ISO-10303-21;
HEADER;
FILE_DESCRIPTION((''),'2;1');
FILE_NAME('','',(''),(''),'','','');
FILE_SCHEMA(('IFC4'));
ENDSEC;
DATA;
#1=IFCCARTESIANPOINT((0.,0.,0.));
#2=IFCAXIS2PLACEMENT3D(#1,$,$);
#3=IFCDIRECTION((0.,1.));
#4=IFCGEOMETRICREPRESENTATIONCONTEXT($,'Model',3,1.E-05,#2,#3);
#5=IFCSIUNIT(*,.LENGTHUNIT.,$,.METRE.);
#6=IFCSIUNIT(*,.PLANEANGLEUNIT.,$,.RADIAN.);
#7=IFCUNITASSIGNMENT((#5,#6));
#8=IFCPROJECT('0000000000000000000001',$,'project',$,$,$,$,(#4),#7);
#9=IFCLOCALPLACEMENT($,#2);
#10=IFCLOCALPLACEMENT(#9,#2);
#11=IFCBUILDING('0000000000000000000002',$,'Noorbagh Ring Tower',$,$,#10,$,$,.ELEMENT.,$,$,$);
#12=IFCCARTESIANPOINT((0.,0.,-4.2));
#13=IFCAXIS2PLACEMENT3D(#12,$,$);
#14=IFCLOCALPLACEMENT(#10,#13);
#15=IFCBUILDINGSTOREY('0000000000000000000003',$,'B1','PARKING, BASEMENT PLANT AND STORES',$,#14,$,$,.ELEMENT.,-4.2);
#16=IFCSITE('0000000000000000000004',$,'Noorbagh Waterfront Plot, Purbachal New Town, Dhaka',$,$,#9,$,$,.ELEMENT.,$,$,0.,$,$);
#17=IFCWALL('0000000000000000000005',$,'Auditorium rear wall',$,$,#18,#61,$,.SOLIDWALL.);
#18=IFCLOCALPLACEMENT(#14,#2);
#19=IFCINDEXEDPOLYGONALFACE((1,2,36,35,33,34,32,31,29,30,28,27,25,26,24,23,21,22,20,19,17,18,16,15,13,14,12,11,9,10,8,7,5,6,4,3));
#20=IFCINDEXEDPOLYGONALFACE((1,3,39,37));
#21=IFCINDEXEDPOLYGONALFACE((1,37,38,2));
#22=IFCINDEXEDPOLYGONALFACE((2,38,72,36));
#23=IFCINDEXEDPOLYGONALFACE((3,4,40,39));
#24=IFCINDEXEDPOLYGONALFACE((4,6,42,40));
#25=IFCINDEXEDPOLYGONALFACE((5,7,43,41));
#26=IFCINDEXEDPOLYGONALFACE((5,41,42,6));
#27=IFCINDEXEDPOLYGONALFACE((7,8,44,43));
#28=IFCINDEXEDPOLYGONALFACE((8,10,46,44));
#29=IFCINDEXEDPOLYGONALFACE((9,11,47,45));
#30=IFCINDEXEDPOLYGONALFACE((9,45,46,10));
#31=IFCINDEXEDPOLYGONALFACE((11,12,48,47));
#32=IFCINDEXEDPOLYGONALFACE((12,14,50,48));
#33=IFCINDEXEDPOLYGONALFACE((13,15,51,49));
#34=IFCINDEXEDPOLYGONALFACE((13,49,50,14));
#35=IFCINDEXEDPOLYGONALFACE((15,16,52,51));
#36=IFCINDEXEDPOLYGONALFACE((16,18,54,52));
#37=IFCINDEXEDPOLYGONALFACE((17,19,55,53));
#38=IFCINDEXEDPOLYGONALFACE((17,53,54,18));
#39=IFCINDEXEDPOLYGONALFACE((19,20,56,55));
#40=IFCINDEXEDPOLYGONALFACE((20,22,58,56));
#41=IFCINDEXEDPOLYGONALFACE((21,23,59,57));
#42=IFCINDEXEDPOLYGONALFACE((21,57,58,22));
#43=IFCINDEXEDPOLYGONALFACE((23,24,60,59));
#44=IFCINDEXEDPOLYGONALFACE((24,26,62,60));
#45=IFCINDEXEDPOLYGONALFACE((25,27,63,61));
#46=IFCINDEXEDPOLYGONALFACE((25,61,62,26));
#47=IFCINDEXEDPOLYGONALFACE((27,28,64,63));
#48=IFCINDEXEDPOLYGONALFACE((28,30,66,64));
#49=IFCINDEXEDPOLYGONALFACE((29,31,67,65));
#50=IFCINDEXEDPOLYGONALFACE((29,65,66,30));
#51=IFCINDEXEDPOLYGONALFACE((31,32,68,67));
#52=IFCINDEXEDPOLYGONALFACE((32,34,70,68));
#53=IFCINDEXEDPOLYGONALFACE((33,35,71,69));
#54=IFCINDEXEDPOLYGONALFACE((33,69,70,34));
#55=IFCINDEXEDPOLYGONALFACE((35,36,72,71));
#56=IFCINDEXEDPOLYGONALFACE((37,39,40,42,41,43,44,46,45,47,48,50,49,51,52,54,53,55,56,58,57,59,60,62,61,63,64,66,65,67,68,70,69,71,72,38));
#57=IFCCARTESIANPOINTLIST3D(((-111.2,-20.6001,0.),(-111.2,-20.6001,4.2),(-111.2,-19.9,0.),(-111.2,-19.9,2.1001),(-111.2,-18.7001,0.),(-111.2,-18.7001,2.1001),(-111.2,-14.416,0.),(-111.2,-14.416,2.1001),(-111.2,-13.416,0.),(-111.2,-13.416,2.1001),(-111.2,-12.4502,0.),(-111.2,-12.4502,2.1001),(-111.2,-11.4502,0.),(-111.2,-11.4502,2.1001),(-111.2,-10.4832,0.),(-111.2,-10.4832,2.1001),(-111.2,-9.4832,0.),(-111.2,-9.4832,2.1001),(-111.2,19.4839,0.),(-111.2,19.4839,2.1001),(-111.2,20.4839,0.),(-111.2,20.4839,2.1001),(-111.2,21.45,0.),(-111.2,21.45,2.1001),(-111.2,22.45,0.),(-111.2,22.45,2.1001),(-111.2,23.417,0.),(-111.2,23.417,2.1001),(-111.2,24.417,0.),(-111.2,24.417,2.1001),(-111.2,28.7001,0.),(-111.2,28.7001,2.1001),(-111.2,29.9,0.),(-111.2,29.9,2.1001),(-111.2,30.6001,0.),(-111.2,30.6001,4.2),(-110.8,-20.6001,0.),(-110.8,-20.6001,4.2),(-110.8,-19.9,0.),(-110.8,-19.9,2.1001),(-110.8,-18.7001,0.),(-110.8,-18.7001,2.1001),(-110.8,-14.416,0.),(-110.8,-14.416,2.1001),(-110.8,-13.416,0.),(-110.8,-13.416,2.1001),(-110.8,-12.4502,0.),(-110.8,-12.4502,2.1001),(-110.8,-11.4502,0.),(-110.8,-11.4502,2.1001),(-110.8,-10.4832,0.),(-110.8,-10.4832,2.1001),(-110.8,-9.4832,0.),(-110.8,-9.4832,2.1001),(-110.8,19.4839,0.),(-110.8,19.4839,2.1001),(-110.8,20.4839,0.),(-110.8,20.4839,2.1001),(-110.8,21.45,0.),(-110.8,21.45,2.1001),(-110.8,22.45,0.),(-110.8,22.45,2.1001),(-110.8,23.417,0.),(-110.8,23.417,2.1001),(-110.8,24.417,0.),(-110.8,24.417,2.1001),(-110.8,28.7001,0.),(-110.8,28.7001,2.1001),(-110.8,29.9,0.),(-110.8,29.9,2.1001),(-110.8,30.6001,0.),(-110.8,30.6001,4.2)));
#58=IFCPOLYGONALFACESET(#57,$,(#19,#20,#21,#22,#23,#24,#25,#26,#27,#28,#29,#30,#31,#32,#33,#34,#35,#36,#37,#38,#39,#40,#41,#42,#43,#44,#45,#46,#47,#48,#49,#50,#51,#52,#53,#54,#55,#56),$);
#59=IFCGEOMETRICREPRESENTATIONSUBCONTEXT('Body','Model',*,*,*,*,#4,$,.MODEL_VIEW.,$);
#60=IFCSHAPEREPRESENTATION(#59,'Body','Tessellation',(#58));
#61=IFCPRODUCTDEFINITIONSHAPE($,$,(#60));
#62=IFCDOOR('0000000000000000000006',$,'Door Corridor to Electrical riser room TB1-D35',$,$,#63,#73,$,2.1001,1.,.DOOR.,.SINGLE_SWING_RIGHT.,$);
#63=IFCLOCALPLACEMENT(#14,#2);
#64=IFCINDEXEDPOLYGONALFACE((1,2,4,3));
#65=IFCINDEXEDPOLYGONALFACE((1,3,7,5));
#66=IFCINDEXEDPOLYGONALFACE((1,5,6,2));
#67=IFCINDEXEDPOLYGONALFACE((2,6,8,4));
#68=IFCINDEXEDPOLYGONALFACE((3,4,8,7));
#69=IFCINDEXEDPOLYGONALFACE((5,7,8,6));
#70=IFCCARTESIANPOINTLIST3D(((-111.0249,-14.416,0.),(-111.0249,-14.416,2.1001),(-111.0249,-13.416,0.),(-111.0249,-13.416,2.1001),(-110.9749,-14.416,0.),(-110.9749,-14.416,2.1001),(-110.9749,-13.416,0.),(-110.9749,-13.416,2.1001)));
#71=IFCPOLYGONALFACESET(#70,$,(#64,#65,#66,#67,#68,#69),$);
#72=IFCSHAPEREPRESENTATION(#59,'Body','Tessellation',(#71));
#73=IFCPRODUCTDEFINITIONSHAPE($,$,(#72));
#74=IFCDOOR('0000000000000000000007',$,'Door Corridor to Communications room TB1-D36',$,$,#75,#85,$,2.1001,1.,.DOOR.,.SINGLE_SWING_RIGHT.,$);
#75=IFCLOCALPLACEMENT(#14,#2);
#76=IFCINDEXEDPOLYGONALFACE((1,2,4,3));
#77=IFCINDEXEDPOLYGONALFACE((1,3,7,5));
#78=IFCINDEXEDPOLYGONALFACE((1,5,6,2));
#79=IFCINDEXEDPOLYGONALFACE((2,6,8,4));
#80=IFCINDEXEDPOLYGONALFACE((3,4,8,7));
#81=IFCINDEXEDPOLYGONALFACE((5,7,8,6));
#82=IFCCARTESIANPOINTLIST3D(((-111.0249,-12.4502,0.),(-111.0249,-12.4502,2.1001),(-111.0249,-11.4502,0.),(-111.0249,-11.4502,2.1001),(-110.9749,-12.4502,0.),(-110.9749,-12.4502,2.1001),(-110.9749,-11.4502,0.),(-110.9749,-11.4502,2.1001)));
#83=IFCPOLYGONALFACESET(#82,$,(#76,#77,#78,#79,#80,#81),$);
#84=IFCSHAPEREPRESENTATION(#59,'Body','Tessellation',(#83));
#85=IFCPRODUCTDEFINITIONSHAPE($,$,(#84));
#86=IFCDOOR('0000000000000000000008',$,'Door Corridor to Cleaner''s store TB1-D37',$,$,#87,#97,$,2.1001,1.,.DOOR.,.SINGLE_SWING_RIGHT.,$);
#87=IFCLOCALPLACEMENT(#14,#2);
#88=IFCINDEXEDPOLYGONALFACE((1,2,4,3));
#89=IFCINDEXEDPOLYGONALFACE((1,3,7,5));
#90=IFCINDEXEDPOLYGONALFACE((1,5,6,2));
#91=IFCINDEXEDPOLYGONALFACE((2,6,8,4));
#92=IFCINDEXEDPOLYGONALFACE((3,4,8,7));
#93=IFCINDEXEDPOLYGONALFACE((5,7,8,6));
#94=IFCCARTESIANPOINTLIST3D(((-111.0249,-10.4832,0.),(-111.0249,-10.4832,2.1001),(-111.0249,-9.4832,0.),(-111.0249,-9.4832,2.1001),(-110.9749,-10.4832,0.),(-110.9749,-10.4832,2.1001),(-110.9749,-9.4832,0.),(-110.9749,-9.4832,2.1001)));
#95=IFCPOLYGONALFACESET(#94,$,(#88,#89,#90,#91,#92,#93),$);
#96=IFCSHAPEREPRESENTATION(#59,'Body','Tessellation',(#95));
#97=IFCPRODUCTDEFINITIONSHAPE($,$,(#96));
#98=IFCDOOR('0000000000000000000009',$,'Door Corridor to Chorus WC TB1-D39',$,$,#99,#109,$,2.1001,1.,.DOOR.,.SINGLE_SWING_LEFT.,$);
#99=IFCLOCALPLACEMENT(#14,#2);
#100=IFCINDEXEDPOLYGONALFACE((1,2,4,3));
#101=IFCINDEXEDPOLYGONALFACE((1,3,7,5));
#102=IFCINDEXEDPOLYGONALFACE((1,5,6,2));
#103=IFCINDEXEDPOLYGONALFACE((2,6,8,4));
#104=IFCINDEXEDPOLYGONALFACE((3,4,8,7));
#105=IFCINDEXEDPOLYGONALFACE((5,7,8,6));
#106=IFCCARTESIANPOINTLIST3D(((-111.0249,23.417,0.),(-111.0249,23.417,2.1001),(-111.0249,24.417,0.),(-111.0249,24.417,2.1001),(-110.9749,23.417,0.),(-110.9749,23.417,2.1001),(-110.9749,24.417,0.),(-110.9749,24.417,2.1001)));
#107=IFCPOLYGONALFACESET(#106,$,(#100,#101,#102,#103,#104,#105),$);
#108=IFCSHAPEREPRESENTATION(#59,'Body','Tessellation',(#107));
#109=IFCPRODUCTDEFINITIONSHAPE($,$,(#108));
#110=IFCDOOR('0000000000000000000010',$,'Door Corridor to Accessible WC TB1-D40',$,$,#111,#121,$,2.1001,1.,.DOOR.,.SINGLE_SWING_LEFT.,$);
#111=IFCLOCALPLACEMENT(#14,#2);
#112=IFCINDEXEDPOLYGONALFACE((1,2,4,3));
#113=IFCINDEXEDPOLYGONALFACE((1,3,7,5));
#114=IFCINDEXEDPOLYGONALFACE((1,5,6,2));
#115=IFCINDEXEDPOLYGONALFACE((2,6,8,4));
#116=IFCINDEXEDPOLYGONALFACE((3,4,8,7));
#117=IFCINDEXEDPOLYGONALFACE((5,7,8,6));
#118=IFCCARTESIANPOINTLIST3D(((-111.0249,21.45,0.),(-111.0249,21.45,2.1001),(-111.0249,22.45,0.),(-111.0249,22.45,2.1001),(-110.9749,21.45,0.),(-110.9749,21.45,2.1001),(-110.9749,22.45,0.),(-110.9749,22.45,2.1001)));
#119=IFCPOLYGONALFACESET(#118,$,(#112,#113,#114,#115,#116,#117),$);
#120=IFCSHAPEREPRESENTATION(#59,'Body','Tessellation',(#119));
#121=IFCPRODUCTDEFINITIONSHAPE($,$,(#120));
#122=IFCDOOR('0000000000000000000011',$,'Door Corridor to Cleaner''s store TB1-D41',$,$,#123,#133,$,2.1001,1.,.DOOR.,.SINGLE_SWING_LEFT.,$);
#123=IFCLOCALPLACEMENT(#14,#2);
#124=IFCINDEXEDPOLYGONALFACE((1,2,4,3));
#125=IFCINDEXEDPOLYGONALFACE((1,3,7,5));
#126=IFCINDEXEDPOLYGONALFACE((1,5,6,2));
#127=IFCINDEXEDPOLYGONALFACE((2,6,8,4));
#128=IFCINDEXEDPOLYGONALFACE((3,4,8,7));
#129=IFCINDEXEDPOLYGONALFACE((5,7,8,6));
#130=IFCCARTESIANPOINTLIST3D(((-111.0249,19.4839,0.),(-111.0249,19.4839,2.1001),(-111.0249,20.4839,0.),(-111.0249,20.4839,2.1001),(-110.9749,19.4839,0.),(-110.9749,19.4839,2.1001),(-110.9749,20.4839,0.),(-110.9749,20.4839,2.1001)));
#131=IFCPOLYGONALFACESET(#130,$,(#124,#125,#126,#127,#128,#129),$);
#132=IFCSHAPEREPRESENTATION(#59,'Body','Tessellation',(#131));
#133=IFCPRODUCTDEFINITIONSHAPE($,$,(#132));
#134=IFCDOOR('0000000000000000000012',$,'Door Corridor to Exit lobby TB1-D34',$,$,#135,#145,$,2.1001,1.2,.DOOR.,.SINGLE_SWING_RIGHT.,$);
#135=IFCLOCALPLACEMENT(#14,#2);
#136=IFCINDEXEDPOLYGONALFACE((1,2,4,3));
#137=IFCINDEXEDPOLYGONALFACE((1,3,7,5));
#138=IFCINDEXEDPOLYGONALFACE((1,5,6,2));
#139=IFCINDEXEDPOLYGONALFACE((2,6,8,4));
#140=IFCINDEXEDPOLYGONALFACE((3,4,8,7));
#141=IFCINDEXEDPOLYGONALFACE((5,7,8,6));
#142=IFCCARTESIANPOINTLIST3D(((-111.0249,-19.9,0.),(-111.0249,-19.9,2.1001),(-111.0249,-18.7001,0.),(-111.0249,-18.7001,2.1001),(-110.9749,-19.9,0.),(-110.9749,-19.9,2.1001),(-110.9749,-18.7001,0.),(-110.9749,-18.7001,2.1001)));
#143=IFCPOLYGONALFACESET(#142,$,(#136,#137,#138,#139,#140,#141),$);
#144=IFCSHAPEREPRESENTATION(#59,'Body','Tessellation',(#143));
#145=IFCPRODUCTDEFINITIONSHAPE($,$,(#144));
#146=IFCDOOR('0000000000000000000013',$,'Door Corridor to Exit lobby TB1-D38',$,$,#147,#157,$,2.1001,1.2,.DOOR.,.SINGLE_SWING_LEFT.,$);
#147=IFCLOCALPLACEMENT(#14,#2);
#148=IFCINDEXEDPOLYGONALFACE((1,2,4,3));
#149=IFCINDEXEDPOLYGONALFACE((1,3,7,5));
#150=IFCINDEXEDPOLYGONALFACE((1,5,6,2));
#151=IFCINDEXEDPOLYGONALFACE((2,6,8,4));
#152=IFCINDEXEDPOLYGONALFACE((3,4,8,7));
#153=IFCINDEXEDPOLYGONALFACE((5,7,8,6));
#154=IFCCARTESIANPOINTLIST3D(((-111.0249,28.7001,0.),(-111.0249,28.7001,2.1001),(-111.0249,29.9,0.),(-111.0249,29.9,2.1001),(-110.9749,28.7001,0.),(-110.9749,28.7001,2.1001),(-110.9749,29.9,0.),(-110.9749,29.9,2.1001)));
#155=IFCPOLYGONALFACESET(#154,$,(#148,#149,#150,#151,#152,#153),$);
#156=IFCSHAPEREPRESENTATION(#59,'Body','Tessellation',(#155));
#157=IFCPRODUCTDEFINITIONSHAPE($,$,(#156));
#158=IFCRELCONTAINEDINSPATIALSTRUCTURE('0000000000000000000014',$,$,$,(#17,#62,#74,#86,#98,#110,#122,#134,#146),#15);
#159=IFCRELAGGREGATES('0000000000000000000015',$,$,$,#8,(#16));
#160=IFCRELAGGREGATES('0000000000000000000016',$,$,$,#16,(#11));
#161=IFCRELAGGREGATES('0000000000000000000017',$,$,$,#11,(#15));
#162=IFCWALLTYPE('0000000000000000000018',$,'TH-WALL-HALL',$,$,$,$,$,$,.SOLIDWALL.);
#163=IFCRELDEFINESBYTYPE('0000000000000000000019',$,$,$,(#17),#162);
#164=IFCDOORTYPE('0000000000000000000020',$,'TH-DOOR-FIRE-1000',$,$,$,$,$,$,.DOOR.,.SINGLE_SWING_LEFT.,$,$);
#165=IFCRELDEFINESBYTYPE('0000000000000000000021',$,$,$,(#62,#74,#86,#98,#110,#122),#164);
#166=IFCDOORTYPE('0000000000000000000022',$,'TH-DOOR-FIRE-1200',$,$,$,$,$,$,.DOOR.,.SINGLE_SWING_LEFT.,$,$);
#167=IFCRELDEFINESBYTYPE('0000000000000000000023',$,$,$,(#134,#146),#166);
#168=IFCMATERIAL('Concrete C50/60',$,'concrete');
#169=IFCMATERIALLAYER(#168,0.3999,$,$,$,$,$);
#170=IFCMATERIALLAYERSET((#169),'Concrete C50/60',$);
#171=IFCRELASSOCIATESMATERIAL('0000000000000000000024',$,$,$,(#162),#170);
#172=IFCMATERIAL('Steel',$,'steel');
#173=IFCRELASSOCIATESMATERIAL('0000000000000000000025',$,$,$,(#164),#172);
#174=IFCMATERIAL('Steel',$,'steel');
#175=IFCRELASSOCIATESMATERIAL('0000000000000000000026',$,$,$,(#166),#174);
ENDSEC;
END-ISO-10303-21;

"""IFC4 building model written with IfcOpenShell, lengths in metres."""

from ifc_helpers import new_model, si_unit, direction, frame, frame_2d, origin, place, context, subcontext, project, spatial, rectangle, extrude, material, layer, layer_set, type_object, element, fill, save


model = new_model("IFC4")

# Units and contexts
model_context = context("Model", 3, precision=1e-05, world=origin(), true_north=direction((0.0, 1.0)))
body_context = subcontext(model_context, "Body", "Model", "MODEL_VIEW")
ifc_project = project(units=[si_unit("LENGTHUNIT", "METRE"), si_unit("PLANEANGLEUNIT", "RADIAN")], contexts=[model_context])

# Site, building, storey
site_placement = place(None, origin())
site = spatial("IfcSite", under=ifc_project, at=site_placement, Name="Noorbagh Waterfront Plot, Purbachal New Town, Dhaka", CompositionType="ELEMENT", RefElevation=0.0)
building_placement = place(site_placement, origin())
building = spatial("IfcBuilding", under=site, at=building_placement, Name="Noorbagh Ring Tower", CompositionType="ELEMENT")
storey_placement = place(building_placement, frame((0.0, 0.0, -4.2)))
storey = spatial("IfcBuildingStorey", under=building, at=storey_placement, Name="B1", Description="PARKING, BASEMENT PLANT AND STORES", CompositionType="ELEMENT", Elevation=-4.2)

# Wall, openings, doors
ifc_material_1 = material(Name="Concrete C50/60", Category="concrete")
ifc_layer_1 = layer(ifc_material_1, 0.3999)
ifc_layer_set_1 = layer_set([ifc_layer_1], Name="Concrete C50/60")
wall_type_1 = type_object("IfcWallType", Name="TH-WALL-HALL", PredefinedType="SOLIDWALL", material=ifc_layer_set_1)
wall_1_placement = place(storey_placement, frame((-111.0, -20.6001, 0.0), z_axis=(0.0, 0.0, 1.0), x_axis=(0.0, 1.0, 0.0)))
wall_1 = element("IfcWall", 1, at=wall_1_placement, inside=storey, type_object=wall_type_1, Name="Auditorium rear wall", PredefinedType="SOLIDWALL", context=body_context, shape_type="SweptSolid", body=[
    extrude(rectangle(XDim=51.2002, YDim=0.3999, at=frame_2d((25.6001, 0.0))), origin(), (0.0, 0.0, 1.0), 4.2),
])
opening_1_placement = place(wall_1_placement, frame((0.7, 0.0, 0.0)))
opening_1 = element("IfcOpeningElement", 2, at=opening_1_placement, cuts=wall_1, PredefinedType="OPENING", context=body_context, shape_type="SweptSolid", body=[
    extrude(rectangle(XDim=1.2, YDim=2.1001, at=frame_2d((0.6001, 1.05))), frame((0.0, 0.21, 0.0), z_axis=(0.0, -1.0, 0.0), x_axis=(1.0, 0.0, 0.0)), (0.0, 0.0, 1.0), 0.4199),
])
opening_2_placement = place(wall_1_placement, frame((6.1841, 0.0, 0.0)))
opening_2 = element("IfcOpeningElement", 3, at=opening_2_placement, cuts=wall_1, PredefinedType="OPENING", context=body_context, shape_type="SweptSolid", body=[
    extrude(rectangle(XDim=1.0, YDim=2.1001, at=frame_2d((0.5, 1.05))), frame((0.0, 0.21, 0.0), z_axis=(0.0, -1.0, 0.0), x_axis=(1.0, 0.0, 0.0)), (0.0, 0.0, 1.0), 0.4199),
])
opening_3_placement = place(wall_1_placement, frame((8.1499, 0.0, 0.0)))
opening_3 = element("IfcOpeningElement", 4, at=opening_3_placement, cuts=wall_1, PredefinedType="OPENING", context=body_context, shape_type="SweptSolid", body=[
    extrude(rectangle(XDim=1.0, YDim=2.1001, at=frame_2d((0.5, 1.05))), frame((0.0, 0.21, 0.0), z_axis=(0.0, -1.0, 0.0), x_axis=(1.0, 0.0, 0.0)), (0.0, 0.0, 1.0), 0.4199),
])
opening_4_placement = place(wall_1_placement, frame((10.1169, 0.0, 0.0)))
opening_4 = element("IfcOpeningElement", 5, at=opening_4_placement, cuts=wall_1, PredefinedType="OPENING", context=body_context, shape_type="SweptSolid", body=[
    extrude(rectangle(XDim=1.0, YDim=2.1001, at=frame_2d((0.5, 1.05))), frame((0.0, 0.21, 0.0), z_axis=(0.0, -1.0, 0.0), x_axis=(1.0, 0.0, 0.0)), (0.0, 0.0, 1.0), 0.4199),
])
opening_5_placement = place(wall_1_placement, frame((49.3, 0.0, 0.0)))
opening_5 = element("IfcOpeningElement", 6, at=opening_5_placement, cuts=wall_1, PredefinedType="OPENING", context=body_context, shape_type="SweptSolid", body=[
    extrude(rectangle(XDim=1.2, YDim=2.1001, at=frame_2d((0.6001, 1.05))), frame((0.0, 0.21, 0.0), z_axis=(0.0, -1.0, 0.0), x_axis=(1.0, 0.0, 0.0)), (0.0, 0.0, 1.0), 0.4199),
])
opening_6_placement = place(wall_1_placement, frame((44.0171, 0.0, 0.0)))
opening_6 = element("IfcOpeningElement", 7, at=opening_6_placement, cuts=wall_1, PredefinedType="OPENING", context=body_context, shape_type="SweptSolid", body=[
    extrude(rectangle(XDim=1.0, YDim=2.1001, at=frame_2d((0.5, 1.05))), frame((0.0, 0.21, 0.0), z_axis=(0.0, -1.0, 0.0), x_axis=(1.0, 0.0, 0.0)), (0.0, 0.0, 1.0), 0.4199),
])
opening_7_placement = place(wall_1_placement, frame((42.05, 0.0, 0.0)))
opening_7 = element("IfcOpeningElement", 8, at=opening_7_placement, cuts=wall_1, PredefinedType="OPENING", context=body_context, shape_type="SweptSolid", body=[
    extrude(rectangle(XDim=1.0, YDim=2.1001, at=frame_2d((0.5, 1.05))), frame((0.0, 0.21, 0.0), z_axis=(0.0, -1.0, 0.0), x_axis=(1.0, 0.0, 0.0)), (0.0, 0.0, 1.0), 0.4199),
])
opening_8_placement = place(wall_1_placement, frame((40.084, 0.0, 0.0)))
opening_8 = element("IfcOpeningElement", 9, at=opening_8_placement, cuts=wall_1, PredefinedType="OPENING", context=body_context, shape_type="SweptSolid", body=[
    extrude(rectangle(XDim=1.0, YDim=2.1001, at=frame_2d((0.5, 1.05))), frame((0.0, 0.21, 0.0), z_axis=(0.0, -1.0, 0.0), x_axis=(1.0, 0.0, 0.0)), (0.0, 0.0, 1.0), 0.4199),
])
ifc_material_2 = material(Name="Steel", Category="steel")
door_type_1 = type_object("IfcDoorType", Name="TH-DOOR-FIRE-1000", OperationType="SINGLE_SWING_LEFT", PredefinedType="DOOR", material=ifc_material_2)
door_1_placement = place(opening_2_placement, origin())
door_1 = element("IfcDoor", 10, at=door_1_placement, inside=storey, type_object=door_type_1, Name="Door Corridor to Electrical riser room TB1-D35", OperationType="SINGLE_SWING_RIGHT", OverallHeight=2.1001, OverallWidth=1.0, PredefinedType="DOOR", context=body_context, shape_type="SweptSolid", body=[
    extrude(rectangle(XDim=1.0, YDim=2.1001, at=frame_2d((0.5, 1.05))), frame((0.0, 0.0249, 0.0), z_axis=(0.0, -1.0, 0.0), x_axis=(1.0, 0.0, 0.0)), (0.0, 0.0, 1.0), 0.05),
])
fill(opening_2, door_1)
door_2_placement = place(opening_3_placement, origin())
door_2 = element("IfcDoor", 11, at=door_2_placement, inside=storey, type_object=door_type_1, Name="Door Corridor to Communications room TB1-D36", OperationType="SINGLE_SWING_RIGHT", OverallHeight=2.1001, OverallWidth=1.0, PredefinedType="DOOR", context=body_context, shape_type="SweptSolid", body=[
    extrude(rectangle(XDim=1.0, YDim=2.1001, at=frame_2d((0.5, 1.05))), frame((0.0, 0.0249, 0.0), z_axis=(0.0, -1.0, 0.0), x_axis=(1.0, 0.0, 0.0)), (0.0, 0.0, 1.0), 0.05),
])
fill(opening_3, door_2)
door_3_placement = place(opening_4_placement, origin())
door_3 = element("IfcDoor", 12, at=door_3_placement, inside=storey, type_object=door_type_1, Name="Door Corridor to Cleaner's store TB1-D37", OperationType="SINGLE_SWING_RIGHT", OverallHeight=2.1001, OverallWidth=1.0, PredefinedType="DOOR", context=body_context, shape_type="SweptSolid", body=[
    extrude(rectangle(XDim=1.0, YDim=2.1001, at=frame_2d((0.5, 1.05))), frame((0.0, 0.0249, 0.0), z_axis=(0.0, -1.0, 0.0), x_axis=(1.0, 0.0, 0.0)), (0.0, 0.0, 1.0), 0.05),
])
fill(opening_4, door_3)
door_4_placement = place(opening_6_placement, origin())
door_4 = element("IfcDoor", 13, at=door_4_placement, inside=storey, type_object=door_type_1, Name="Door Corridor to Chorus WC TB1-D39", OperationType="SINGLE_SWING_LEFT", OverallHeight=2.1001, OverallWidth=1.0, PredefinedType="DOOR", context=body_context, shape_type="SweptSolid", body=[
    extrude(rectangle(XDim=1.0, YDim=2.1001, at=frame_2d((0.5, 1.05))), frame((0.0, 0.0249, 0.0), z_axis=(0.0, -1.0, 0.0), x_axis=(1.0, 0.0, 0.0)), (0.0, 0.0, 1.0), 0.05),
])
fill(opening_6, door_4)
door_5_placement = place(opening_7_placement, origin())
door_5 = element("IfcDoor", 14, at=door_5_placement, inside=storey, type_object=door_type_1, Name="Door Corridor to Accessible WC TB1-D40", OperationType="SINGLE_SWING_LEFT", OverallHeight=2.1001, OverallWidth=1.0, PredefinedType="DOOR", context=body_context, shape_type="SweptSolid", body=[
    extrude(rectangle(XDim=1.0, YDim=2.1001, at=frame_2d((0.5, 1.05))), frame((0.0, 0.0249, 0.0), z_axis=(0.0, -1.0, 0.0), x_axis=(1.0, 0.0, 0.0)), (0.0, 0.0, 1.0), 0.05),
])
fill(opening_7, door_5)
door_6_placement = place(opening_8_placement, origin())
door_6 = element("IfcDoor", 15, at=door_6_placement, inside=storey, type_object=door_type_1, Name="Door Corridor to Cleaner's store TB1-D41", OperationType="SINGLE_SWING_LEFT", OverallHeight=2.1001, OverallWidth=1.0, PredefinedType="DOOR", context=body_context, shape_type="SweptSolid", body=[
    extrude(rectangle(XDim=1.0, YDim=2.1001, at=frame_2d((0.5, 1.05))), frame((0.0, 0.0249, 0.0), z_axis=(0.0, -1.0, 0.0), x_axis=(1.0, 0.0, 0.0)), (0.0, 0.0, 1.0), 0.05),
])
fill(opening_8, door_6)
ifc_material_3 = material(Name="Steel", Category="steel")
door_type_2 = type_object("IfcDoorType", Name="TH-DOOR-FIRE-1200", OperationType="SINGLE_SWING_LEFT", PredefinedType="DOOR", material=ifc_material_3)
door_7_placement = place(opening_1_placement, origin())
door_7 = element("IfcDoor", 16, at=door_7_placement, inside=storey, type_object=door_type_2, Name="Door Corridor to Exit lobby TB1-D34", OperationType="SINGLE_SWING_RIGHT", OverallHeight=2.1001, OverallWidth=1.2, PredefinedType="DOOR", context=body_context, shape_type="SweptSolid", body=[
    extrude(rectangle(XDim=1.2, YDim=2.1001, at=frame_2d((0.6001, 1.05))), frame((0.0, 0.0249, 0.0), z_axis=(0.0, -1.0, 0.0), x_axis=(1.0, 0.0, 0.0)), (0.0, 0.0, 1.0), 0.05),
])
fill(opening_1, door_7)
door_8_placement = place(opening_5_placement, origin())
door_8 = element("IfcDoor", 17, at=door_8_placement, inside=storey, type_object=door_type_2, Name="Door Corridor to Exit lobby TB1-D38", OperationType="SINGLE_SWING_LEFT", OverallHeight=2.1001, OverallWidth=1.2, PredefinedType="DOOR", context=body_context, shape_type="SweptSolid", body=[
    extrude(rectangle(XDim=1.2, YDim=2.1001, at=frame_2d((0.6001, 1.05))), frame((0.0, 0.0249, 0.0), z_axis=(0.0, -1.0, 0.0), x_axis=(1.0, 0.0, 0.0)), (0.0, 0.0, 1.0), 0.05),
])
fill(opening_5, door_8)

save(model, "model.ifc")
